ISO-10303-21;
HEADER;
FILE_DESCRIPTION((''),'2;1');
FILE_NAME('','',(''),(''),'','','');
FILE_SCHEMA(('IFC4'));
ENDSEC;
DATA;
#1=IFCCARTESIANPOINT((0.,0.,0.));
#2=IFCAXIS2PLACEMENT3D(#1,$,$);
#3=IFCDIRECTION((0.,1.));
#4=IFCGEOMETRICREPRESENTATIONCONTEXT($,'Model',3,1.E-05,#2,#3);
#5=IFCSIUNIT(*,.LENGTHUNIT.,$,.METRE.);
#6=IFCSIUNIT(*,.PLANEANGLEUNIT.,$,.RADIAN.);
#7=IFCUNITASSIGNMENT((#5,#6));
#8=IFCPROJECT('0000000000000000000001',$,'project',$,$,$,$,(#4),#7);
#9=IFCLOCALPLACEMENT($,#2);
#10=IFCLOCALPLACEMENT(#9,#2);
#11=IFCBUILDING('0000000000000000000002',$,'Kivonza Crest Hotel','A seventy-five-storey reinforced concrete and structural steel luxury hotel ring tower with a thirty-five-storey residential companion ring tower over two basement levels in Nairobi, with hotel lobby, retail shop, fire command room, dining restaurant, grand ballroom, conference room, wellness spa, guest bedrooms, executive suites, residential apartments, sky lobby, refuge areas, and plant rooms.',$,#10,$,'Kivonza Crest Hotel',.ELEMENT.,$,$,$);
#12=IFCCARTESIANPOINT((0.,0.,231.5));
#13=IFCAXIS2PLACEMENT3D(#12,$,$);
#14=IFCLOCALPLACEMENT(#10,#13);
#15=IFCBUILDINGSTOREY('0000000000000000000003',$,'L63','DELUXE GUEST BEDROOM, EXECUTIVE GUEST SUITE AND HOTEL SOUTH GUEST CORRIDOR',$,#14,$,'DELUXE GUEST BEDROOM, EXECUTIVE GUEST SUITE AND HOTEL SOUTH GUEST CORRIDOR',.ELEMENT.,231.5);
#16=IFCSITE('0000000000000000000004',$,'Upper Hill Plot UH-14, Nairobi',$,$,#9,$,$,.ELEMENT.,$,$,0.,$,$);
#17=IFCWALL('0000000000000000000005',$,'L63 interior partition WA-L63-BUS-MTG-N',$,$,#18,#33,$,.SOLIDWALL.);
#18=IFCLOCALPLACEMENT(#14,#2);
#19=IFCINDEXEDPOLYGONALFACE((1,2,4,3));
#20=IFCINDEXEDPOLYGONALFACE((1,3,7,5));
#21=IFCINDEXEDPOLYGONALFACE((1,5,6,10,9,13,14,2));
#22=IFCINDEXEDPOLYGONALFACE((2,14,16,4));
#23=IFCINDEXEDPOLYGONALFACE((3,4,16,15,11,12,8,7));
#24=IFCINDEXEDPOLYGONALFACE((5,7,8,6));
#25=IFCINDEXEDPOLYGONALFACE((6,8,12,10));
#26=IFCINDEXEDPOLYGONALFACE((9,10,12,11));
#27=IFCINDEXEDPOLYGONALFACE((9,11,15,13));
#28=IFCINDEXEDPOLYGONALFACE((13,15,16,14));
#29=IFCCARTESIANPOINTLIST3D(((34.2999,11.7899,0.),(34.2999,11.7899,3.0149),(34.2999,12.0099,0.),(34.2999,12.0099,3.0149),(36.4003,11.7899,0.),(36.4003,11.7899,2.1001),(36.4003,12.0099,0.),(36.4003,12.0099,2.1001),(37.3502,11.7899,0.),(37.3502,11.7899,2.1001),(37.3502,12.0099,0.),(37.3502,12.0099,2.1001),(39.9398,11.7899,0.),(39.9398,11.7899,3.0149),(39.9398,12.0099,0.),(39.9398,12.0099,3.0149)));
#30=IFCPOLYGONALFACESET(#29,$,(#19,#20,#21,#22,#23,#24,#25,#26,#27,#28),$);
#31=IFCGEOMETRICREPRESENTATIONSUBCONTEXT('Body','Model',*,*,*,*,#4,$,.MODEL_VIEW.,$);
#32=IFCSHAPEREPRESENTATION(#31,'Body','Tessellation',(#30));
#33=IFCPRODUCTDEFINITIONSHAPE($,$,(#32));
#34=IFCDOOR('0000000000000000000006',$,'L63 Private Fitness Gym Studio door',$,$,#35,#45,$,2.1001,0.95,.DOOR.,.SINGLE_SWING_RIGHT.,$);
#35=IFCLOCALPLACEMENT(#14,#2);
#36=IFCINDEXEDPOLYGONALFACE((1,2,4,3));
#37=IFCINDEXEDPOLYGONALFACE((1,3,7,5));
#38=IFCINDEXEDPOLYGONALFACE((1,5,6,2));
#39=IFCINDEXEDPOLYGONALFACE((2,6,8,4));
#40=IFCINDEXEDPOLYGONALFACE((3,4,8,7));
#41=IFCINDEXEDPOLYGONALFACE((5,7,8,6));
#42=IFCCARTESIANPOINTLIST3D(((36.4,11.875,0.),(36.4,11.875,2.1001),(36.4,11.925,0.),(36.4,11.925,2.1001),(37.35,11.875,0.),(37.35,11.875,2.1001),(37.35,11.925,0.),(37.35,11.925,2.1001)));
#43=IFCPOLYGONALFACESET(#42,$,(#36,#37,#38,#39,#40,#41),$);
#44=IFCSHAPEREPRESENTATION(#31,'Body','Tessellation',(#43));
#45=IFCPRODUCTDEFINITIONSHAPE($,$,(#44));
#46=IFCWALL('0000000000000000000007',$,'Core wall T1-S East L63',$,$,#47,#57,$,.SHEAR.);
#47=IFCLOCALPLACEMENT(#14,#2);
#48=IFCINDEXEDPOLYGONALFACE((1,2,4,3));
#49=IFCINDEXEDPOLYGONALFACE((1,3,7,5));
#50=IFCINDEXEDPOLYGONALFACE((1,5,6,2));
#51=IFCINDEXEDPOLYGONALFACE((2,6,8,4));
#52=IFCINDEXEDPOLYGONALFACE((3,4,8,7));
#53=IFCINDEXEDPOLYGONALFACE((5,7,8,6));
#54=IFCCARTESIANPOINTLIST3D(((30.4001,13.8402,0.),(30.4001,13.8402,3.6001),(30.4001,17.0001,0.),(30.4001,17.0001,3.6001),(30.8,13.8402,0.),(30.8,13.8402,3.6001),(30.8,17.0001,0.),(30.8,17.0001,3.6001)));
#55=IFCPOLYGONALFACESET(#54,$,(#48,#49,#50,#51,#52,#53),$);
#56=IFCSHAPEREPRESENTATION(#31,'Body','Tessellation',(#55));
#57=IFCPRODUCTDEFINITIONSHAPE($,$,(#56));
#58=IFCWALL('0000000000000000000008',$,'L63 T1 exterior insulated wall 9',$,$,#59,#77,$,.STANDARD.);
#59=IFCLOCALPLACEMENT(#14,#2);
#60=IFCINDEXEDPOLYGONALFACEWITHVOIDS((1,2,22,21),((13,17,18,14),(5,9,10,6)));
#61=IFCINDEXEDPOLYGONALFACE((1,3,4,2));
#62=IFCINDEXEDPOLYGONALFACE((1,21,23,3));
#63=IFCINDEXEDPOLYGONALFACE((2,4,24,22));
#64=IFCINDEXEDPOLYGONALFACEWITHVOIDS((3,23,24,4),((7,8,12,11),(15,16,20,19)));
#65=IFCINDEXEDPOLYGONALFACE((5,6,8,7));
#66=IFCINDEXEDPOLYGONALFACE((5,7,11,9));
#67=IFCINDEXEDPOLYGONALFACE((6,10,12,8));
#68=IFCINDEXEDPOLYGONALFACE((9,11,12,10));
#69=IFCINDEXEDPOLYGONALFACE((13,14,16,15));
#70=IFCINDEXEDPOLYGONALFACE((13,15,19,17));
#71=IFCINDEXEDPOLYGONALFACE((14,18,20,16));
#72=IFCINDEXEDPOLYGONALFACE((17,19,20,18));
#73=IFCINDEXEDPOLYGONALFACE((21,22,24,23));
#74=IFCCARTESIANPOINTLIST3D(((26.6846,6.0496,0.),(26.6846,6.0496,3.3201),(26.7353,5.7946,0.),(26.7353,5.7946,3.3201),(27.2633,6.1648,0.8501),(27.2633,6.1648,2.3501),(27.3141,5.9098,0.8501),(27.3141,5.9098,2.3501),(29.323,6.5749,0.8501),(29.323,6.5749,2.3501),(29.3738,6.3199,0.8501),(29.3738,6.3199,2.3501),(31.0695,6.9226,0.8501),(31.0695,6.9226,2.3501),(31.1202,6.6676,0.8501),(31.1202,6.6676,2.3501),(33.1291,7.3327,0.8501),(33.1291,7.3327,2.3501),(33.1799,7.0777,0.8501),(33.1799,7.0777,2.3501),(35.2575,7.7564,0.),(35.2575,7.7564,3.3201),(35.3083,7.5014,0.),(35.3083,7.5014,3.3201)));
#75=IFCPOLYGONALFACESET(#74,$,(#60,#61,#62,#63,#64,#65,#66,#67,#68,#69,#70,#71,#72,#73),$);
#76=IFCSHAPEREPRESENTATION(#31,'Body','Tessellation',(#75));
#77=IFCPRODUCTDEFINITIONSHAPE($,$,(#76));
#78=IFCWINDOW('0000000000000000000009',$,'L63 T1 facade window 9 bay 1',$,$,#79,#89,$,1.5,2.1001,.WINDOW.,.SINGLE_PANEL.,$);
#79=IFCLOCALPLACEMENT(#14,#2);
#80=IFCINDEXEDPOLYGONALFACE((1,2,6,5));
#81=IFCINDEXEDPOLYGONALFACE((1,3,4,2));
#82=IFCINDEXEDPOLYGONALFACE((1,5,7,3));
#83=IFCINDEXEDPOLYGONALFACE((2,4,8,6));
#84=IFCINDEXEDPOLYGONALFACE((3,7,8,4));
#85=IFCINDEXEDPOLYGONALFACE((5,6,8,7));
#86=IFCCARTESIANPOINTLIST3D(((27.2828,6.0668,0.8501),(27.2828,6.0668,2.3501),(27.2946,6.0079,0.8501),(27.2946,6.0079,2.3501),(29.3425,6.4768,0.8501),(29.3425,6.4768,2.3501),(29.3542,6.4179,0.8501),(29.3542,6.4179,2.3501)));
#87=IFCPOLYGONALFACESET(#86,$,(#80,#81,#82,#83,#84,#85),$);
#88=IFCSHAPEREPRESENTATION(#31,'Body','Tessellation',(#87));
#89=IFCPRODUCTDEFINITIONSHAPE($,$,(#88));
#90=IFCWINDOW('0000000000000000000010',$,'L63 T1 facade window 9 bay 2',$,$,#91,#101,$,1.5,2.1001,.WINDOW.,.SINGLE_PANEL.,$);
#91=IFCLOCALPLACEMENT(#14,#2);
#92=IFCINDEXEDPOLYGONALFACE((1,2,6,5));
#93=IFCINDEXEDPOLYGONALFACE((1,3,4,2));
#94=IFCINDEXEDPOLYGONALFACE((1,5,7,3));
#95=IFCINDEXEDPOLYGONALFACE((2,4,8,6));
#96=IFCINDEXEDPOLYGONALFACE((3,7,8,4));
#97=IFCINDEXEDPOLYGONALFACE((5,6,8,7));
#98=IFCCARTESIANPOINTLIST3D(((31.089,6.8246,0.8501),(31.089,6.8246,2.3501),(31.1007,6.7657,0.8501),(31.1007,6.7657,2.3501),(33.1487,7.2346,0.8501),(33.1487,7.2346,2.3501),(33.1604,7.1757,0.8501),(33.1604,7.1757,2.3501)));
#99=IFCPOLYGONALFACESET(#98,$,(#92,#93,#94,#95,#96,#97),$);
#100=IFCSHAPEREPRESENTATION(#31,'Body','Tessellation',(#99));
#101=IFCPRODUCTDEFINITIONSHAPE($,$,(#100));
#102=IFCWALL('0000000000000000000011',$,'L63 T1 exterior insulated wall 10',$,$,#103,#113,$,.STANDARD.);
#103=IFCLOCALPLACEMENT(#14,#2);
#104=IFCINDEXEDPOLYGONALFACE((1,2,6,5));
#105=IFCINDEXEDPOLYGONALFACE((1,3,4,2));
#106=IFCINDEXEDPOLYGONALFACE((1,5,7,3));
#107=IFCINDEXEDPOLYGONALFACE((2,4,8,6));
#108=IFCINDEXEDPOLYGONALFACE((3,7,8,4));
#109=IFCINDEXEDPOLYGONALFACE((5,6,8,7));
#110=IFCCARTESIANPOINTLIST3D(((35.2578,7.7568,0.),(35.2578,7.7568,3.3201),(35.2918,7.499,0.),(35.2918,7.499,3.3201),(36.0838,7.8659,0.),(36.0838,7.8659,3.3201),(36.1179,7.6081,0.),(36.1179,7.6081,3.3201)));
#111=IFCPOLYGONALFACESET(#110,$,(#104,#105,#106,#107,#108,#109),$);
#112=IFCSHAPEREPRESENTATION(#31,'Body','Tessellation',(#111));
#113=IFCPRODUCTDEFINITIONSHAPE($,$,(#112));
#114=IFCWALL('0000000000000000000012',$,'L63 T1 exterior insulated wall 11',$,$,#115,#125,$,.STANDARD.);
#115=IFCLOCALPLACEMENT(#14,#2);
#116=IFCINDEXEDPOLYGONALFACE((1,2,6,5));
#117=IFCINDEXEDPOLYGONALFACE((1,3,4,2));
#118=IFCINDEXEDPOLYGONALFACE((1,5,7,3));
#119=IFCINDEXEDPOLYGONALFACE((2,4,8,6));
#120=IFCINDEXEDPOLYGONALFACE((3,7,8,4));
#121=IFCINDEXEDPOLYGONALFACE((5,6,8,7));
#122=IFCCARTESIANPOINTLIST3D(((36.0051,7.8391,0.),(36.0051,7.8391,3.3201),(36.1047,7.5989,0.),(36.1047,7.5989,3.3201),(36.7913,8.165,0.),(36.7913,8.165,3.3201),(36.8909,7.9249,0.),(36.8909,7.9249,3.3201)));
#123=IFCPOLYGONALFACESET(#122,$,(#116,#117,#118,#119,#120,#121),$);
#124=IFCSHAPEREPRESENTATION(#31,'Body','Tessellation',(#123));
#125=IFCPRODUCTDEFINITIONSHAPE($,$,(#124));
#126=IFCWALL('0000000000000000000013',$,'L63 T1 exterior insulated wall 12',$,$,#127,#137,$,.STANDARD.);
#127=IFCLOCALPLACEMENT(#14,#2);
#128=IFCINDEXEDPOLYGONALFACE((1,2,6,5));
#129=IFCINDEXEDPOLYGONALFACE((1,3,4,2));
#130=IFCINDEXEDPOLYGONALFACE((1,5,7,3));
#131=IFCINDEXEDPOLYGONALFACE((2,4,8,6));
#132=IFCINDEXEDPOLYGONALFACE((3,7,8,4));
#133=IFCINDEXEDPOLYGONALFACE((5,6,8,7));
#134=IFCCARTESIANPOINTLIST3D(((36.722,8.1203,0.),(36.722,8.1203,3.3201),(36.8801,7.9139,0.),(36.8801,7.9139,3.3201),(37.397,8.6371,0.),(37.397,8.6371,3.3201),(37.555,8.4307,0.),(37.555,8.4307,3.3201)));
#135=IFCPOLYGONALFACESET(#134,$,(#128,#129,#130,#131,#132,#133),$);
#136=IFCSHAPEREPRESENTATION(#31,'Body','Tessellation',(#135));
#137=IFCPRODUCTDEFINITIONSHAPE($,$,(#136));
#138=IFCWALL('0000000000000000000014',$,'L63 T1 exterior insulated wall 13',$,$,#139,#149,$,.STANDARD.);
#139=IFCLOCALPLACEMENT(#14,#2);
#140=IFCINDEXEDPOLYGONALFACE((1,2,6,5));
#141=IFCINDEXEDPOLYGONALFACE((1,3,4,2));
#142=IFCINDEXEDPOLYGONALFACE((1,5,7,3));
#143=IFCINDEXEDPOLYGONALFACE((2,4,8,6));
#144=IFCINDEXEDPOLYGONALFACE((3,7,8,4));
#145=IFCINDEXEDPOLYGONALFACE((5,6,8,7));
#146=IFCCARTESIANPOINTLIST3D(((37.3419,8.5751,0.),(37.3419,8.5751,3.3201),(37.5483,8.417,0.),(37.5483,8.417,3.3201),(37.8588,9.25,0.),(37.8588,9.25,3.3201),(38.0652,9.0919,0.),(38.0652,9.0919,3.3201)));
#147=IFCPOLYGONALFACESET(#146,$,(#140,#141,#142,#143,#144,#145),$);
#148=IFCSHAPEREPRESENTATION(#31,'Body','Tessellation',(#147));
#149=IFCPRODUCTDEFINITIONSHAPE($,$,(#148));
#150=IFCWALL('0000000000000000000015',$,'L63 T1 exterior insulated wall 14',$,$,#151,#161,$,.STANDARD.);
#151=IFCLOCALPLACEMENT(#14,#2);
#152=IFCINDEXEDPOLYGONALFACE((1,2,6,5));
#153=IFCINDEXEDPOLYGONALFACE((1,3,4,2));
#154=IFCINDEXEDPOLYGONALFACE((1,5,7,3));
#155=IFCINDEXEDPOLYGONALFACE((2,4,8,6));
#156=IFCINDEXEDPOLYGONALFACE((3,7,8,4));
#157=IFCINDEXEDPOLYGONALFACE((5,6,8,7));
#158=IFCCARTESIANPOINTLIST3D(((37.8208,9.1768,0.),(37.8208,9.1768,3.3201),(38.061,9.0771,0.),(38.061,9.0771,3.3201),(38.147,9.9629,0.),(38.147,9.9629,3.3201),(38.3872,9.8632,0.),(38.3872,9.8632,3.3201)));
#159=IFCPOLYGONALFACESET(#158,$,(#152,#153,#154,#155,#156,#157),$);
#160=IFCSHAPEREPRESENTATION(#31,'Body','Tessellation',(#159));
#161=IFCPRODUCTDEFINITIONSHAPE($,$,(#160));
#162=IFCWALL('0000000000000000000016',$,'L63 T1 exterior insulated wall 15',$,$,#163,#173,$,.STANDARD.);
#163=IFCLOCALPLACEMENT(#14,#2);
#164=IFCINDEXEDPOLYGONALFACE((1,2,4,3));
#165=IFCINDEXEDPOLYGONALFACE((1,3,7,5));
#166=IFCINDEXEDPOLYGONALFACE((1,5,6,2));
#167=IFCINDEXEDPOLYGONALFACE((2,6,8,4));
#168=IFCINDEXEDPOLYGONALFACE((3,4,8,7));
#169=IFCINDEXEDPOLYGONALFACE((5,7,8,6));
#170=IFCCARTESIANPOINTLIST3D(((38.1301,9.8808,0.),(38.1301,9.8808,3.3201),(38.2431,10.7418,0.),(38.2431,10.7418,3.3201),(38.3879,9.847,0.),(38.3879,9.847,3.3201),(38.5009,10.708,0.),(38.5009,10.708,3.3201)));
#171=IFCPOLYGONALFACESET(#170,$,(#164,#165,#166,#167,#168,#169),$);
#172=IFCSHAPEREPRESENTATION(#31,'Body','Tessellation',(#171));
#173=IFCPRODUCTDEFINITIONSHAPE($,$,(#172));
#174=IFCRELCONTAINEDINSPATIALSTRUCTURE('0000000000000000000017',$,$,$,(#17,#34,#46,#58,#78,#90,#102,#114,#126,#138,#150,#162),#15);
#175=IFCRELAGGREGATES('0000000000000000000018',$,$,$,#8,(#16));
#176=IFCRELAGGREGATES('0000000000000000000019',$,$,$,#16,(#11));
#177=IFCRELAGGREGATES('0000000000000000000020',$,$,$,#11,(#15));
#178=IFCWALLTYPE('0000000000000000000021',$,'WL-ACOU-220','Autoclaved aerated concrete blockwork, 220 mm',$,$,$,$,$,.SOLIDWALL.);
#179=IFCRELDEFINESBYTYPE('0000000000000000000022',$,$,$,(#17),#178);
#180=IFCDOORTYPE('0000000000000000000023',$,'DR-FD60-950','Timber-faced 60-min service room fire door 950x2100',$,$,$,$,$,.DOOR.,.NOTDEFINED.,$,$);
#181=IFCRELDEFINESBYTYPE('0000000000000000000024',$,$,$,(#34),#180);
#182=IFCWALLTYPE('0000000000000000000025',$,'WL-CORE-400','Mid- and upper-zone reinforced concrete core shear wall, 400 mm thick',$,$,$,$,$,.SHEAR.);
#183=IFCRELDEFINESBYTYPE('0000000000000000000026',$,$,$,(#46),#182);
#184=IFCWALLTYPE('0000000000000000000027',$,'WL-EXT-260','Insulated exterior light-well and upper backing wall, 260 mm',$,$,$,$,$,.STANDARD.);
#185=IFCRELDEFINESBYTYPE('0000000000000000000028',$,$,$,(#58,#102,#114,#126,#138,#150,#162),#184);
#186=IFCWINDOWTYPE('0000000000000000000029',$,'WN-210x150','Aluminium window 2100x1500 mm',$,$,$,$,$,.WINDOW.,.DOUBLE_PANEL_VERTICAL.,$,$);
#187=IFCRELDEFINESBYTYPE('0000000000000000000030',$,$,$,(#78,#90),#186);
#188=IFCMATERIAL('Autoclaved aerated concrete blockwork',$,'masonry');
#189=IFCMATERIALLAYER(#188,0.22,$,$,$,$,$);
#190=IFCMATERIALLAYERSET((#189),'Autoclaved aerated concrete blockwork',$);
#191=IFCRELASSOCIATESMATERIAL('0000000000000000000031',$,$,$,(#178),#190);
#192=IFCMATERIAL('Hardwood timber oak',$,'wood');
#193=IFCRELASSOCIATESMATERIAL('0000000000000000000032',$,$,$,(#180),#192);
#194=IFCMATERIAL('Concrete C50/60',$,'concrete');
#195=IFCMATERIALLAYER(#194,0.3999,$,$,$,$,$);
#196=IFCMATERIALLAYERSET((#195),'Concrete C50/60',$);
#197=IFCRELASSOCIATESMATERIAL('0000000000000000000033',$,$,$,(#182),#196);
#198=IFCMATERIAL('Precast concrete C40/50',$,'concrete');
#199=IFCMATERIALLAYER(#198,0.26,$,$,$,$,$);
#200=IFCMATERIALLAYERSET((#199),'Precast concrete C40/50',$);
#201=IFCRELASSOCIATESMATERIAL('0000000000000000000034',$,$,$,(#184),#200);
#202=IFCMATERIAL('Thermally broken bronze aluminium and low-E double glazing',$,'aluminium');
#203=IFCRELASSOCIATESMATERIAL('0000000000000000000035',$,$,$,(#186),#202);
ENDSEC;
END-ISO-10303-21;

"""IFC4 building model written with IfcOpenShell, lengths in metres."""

from ifc_helpers import new_model, si_unit, direction, frame, frame_2d, origin, place, context, subcontext, project, spatial, rectangle, extrude, material, layer, layer_set, type_object, element, fill, save


model = new_model("IFC4")

# Units and contexts
model_context = context("Model", 3, precision=1e-05, world=origin(), true_north=direction((0.0, 1.0)))
body_context = subcontext(model_context, "Body", "Model", "MODEL_VIEW")
ifc_project = project(units=[si_unit("LENGTHUNIT", "METRE"), si_unit("PLANEANGLEUNIT", "RADIAN")], contexts=[model_context])

# Site, building, storey
site_placement = place(None, origin())
site = spatial("IfcSite", under=ifc_project, at=site_placement, Name="Upper Hill Plot UH-14, Nairobi", CompositionType="ELEMENT", RefElevation=0.0)
building_placement = place(site_placement, origin())
building = spatial("IfcBuilding", under=site, at=building_placement, Name="Kivonza Crest Hotel", Description="A seventy-five-storey reinforced concrete and structural steel luxury hotel ring tower with a thirty-five-storey residential companion ring tower over two basement levels in Nairobi, with hotel lobby, retail shop, fire command room, dining restaurant, grand ballroom, conference room, wellness spa, guest bedrooms, executive suites, residential apartments, sky lobby, refuge areas, and plant rooms.", LongName="Kivonza Crest Hotel", CompositionType="ELEMENT")
storey_placement = place(building_placement, frame((0.0, 0.0, 231.5)))
storey = spatial("IfcBuildingStorey", under=building, at=storey_placement, Name="L63", Description="DELUXE GUEST BEDROOM, EXECUTIVE GUEST SUITE AND HOTEL SOUTH GUEST CORRIDOR", LongName="DELUXE GUEST BEDROOM, EXECUTIVE GUEST SUITE AND HOTEL SOUTH GUEST CORRIDOR", CompositionType="ELEMENT", Elevation=231.5)

# Shared definitions
ifc_material_1 = material(Name="Concrete C50/60", Category="concrete")

# Wall, opening, door
ifc_material_2 = material(Name="Autoclaved aerated concrete blockwork", Category="masonry")
ifc_layer_1 = layer(ifc_material_2, 0.22)
ifc_layer_set_1 = layer_set([ifc_layer_1], Name="Autoclaved aerated concrete blockwork")
wall_type_1 = type_object("IfcWallType", Name="WL-ACOU-220", Description="Autoclaved aerated concrete blockwork, 220 mm", PredefinedType="SOLIDWALL", material=ifc_layer_set_1)
ifc_material_3 = material(Name="Hardwood timber oak", Category="wood")
wall_1_placement = place(storey_placement, frame((34.3, 11.8999, 0.0), z_axis=(0.0, 0.0, 1.0), x_axis=(1.0, 0.0, 0.0)))
wall_1 = element("IfcWall", 1, at=wall_1_placement, inside=storey, type_object=wall_type_1, Name="L63 interior partition WA-L63-BUS-MTG-N", PredefinedType="SOLIDWALL", context=body_context, shape_type="SweptSolid", body=[
    extrude(rectangle(XDim=5.6399, YDim=0.22, at=frame_2d((2.8198, 0.0))), origin(), (0.0, 0.0, 1.0), 3.0149),
])
opening_1_placement = place(wall_1_placement, frame((2.1001, 0.0, 0.0)))
opening_1 = element("IfcOpeningElement", 2, at=opening_1_placement, cuts=wall_1, PredefinedType="OPENING", context=body_context, shape_type="SweptSolid", body=[
    extrude(rectangle(XDim=0.95, YDim=2.1001, at=frame_2d((0.4751, 1.05))), frame((0.0, 0.1201, 0.0), z_axis=(0.0, -1.0, 0.0), x_axis=(1.0, 0.0, 0.0)), (0.0, 0.0, 1.0), 0.24),
])
door_type_1 = type_object("IfcDoorType", Name="DR-FD60-950", Description="Timber-faced 60-min service room fire door 950x2100", OperationType="NOTDEFINED", PredefinedType="DOOR", material=ifc_material_3)
door_1_placement = place(opening_1_placement, frame((0.95, 0.0, 0.0), z_axis=(0.0, 0.0, 1.0), x_axis=(-1.0, 0.0, 0.0)))
door_1 = element("IfcDoor", 3, at=door_1_placement, inside=storey, type_object=door_type_1, Name="L63 Private Fitness Gym Studio door", OperationType="SINGLE_SWING_RIGHT", OverallHeight=2.1001, OverallWidth=0.95, PredefinedType="DOOR", context=body_context, shape_type="SweptSolid", body=[
    extrude(rectangle(XDim=0.95, YDim=2.1001, at=frame_2d((0.4751, 1.05))), frame((0.0, 0.0249, 0.0), z_axis=(0.0, -1.0, 0.0), x_axis=(1.0, 0.0, 0.0)), (0.0, 0.0, 1.0), 0.05),
])
fill(opening_1, door_1)

# Wall
ifc_layer_2 = layer(ifc_material_1, 0.3999)
ifc_layer_set_2 = layer_set([ifc_layer_2], Name="Concrete C50/60")
wall_type_2 = type_object("IfcWallType", Name="WL-CORE-400", Description="Mid- and upper-zone reinforced concrete core shear wall, 400 mm thick", PredefinedType="SHEAR", material=ifc_layer_set_2)
wall_2_placement = place(storey_placement, frame((30.6001, 13.8401, 0.0), z_axis=(0.0, 0.0, 1.0), x_axis=(0.0, 1.0, 0.0)))
element("IfcWall", 4, at=wall_2_placement, inside=storey, type_object=wall_type_2, Name="Core wall T1-S East L63", PredefinedType="SHEAR", context=body_context, shape_type="SweptSolid", body=[
    extrude(rectangle(XDim=3.1599, YDim=0.3999, at=frame_2d((1.5801, 0.0))), origin(), (0.0, 0.0, 1.0), 3.6001),
])

# Wall, openings, windows
ifc_material_4 = material(Name="Precast concrete C40/50", Category="concrete")
ifc_layer_3 = layer(ifc_material_4, 0.26)
ifc_layer_set_3 = layer_set([ifc_layer_3], Name="Precast concrete C40/50")
wall_type_3 = type_object("IfcWallType", Name="WL-EXT-260", Description="Insulated exterior light-well and upper backing wall, 260 mm", PredefinedType="STANDARD", material=ifc_layer_set_3)
wall_3_placement = place(storey_placement, frame((26.71, 5.9221, 0.0), z_axis=(0.0, 0.0, 1.0), x_axis=(0.980752, 0.195257, 0.0)))
wall_3 = element("IfcWall", 5, at=wall_3_placement, inside=storey, type_object=wall_type_3, Name="L63 T1 exterior insulated wall 9", PredefinedType="STANDARD", context=body_context, shape_type="SweptSolid", body=[
    extrude(rectangle(XDim=8.7412, YDim=0.26, at=frame_2d((4.3706, 0.0))), origin(), (0.0, 0.0, 1.0), 3.3201),
])
opening_2_placement = place(wall_3_placement, frame((0.5901, 0.0, 0.8501)))
opening_2 = element("IfcOpeningElement", 6, at=opening_2_placement, cuts=wall_3, PredefinedType="OPENING", context=body_context, shape_type="SweptSolid", body=[
    extrude(rectangle(XDim=2.1001, YDim=1.5, at=frame_2d((1.05, 0.75))), frame((0.0, 0.1401, 0.0), z_axis=(0.0, -1.0, 0.0), x_axis=(1.0, 0.0, 0.0)), (0.0, 0.0, 1.0), 0.28),
])
opening_3_placement = place(wall_3_placement, frame((4.4709, 0.0, 0.8501)))
opening_3 = element("IfcOpeningElement", 7, at=opening_3_placement, cuts=wall_3, PredefinedType="OPENING", context=body_context, shape_type="SweptSolid", body=[
    extrude(rectangle(XDim=2.1001, YDim=1.5, at=frame_2d((1.05, 0.75))), frame((0.0, 0.1401, 0.0), z_axis=(0.0, -1.0, 0.0), x_axis=(1.0, 0.0, 0.0)), (0.0, 0.0, 1.0), 0.28),
])
ifc_material_5 = material(Name="Thermally broken bronze aluminium and low-E double glazing", Category="aluminium")
window_type = type_object("IfcWindowType", Name="WN-210x150", Description="Aluminium window 2100x1500 mm", PartitioningType="DOUBLE_PANEL_VERTICAL", PredefinedType="WINDOW", material=ifc_material_5)
window_1_placement = place(opening_2_placement, origin())
window_1 = element("IfcWindow", 8, at=window_1_placement, inside=storey, type_object=window_type, Name="L63 T1 facade window 9 bay 1", OverallHeight=1.5, OverallWidth=2.1001, PartitioningType="SINGLE_PANEL", PredefinedType="WINDOW", context=body_context, shape_type="SweptSolid", body=[
    extrude(rectangle(XDim=2.1001, YDim=1.5, at=frame_2d((1.05, 0.75))), frame((0.0, 0.03, 0.0), z_axis=(0.0, -1.0, 0.0), x_axis=(1.0, 0.0, 0.0)), (0.0, 0.0, 1.0), 0.0601),
])
fill(opening_2, window_1)
window_2_placement = place(opening_3_placement, origin())
window_2 = element("IfcWindow", 9, at=window_2_placement, inside=storey, type_object=window_type, Name="L63 T1 facade window 9 bay 2", OverallHeight=1.5, OverallWidth=2.1001, PartitioningType="SINGLE_PANEL", PredefinedType="WINDOW", context=body_context, shape_type="SweptSolid", body=[
    extrude(rectangle(XDim=2.1001, YDim=1.5, at=frame_2d((1.05, 0.75))), frame((0.0, 0.03, 0.0), z_axis=(0.0, -1.0, 0.0), x_axis=(1.0, 0.0, 0.0)), (0.0, 0.0, 1.0), 0.0601),
])
fill(opening_3, window_2)

# Walls
wall_4_placement = place(storey_placement, frame((35.2749, 7.6279, 0.0), z_axis=(0.0, 0.0, 1.0), x_axis=(0.991388, 0.130955, 0.0)))
element("IfcWall", 10, at=wall_4_placement, inside=storey, type_object=wall_type_3, Name="L63 T1 exterior insulated wall 10", PredefinedType="STANDARD", context=body_context, shape_type="SweptSolid", body=[
    extrude(rectangle(XDim=0.8333, YDim=0.26, at=frame_2d((0.4165, 0.0))), origin(), (0.0, 0.0, 1.0), 3.3201),
])
wall_5_placement = place(storey_placement, frame((36.0549, 7.719, 0.0), z_axis=(0.0, 0.0, 1.0), x_axis=(0.923754, 0.382985, 0.0)))
element("IfcWall", 11, at=wall_5_placement, inside=storey, type_object=wall_type_3, Name="L63 T1 exterior insulated wall 11", PredefinedType="STANDARD", context=body_context, shape_type="SweptSolid", body=[
    extrude(rectangle(XDim=0.8511, YDim=0.26, at=frame_2d((0.4255, 0.0))), origin(), (0.0, 0.0, 1.0), 3.3201),
])
for number, where, z_axis, x_axis, name in (
    (12, (36.801, 8.0171, 0.0), (0.0, 0.0, 1.0), (0.793999, 0.607919, 0.0), "L63 T1 exterior insulated wall 12"),
    (13, (37.4451, 8.4961, 0.0), (0.0, 0.0, 1.0), (0.608058, 0.793893, 0.0), "L63 T1 exterior insulated wall 13"),
):
    element("IfcWall", number, at=place(storey_placement, frame(where, z_axis=z_axis, x_axis=x_axis)), inside=storey, type_object=wall_type_3, Name=name, PredefinedType="STANDARD", context=body_context, shape_type="SweptSolid", body=[
        extrude(rectangle(XDim=0.8501, YDim=0.26, at=frame_2d((0.425, 0.0))), origin(), (0.0, 0.0, 1.0), 3.3201),
    ])
wall_6_placement = place(storey_placement, frame((37.9409, 9.127, 0.0), z_axis=(0.0, 0.0, 1.0), x_axis=(0.38323, 0.923653, 0.0)))
element("IfcWall", 14, at=wall_6_placement, inside=storey, type_object=wall_type_3, Name="L63 T1 exterior insulated wall 14", PredefinedType="STANDARD", context=body_context, shape_type="SweptSolid", body=[
    extrude(rectangle(XDim=0.8511, YDim=0.26, at=frame_2d((0.4255, 0.0))), origin(), (0.0, 0.0, 1.0), 3.3201),
])
wall_7_placement = place(storey_placement, frame((38.259, 9.864, 0.0), z_axis=(0.0, 0.0, 1.0), x_axis=(0.130156, 0.991493, 0.0)))
element("IfcWall", 15, at=wall_7_placement, inside=storey, type_object=wall_type_3, Name="L63 T1 exterior insulated wall 15", PredefinedType="STANDARD", context=body_context, shape_type="SweptSolid", body=[
    extrude(rectangle(XDim=0.8684, YDim=0.26, at=frame_2d((0.4341, 0.0))), origin(), (0.0, 0.0, 1.0), 3.3201),
])

save(model, "model.ifc")
